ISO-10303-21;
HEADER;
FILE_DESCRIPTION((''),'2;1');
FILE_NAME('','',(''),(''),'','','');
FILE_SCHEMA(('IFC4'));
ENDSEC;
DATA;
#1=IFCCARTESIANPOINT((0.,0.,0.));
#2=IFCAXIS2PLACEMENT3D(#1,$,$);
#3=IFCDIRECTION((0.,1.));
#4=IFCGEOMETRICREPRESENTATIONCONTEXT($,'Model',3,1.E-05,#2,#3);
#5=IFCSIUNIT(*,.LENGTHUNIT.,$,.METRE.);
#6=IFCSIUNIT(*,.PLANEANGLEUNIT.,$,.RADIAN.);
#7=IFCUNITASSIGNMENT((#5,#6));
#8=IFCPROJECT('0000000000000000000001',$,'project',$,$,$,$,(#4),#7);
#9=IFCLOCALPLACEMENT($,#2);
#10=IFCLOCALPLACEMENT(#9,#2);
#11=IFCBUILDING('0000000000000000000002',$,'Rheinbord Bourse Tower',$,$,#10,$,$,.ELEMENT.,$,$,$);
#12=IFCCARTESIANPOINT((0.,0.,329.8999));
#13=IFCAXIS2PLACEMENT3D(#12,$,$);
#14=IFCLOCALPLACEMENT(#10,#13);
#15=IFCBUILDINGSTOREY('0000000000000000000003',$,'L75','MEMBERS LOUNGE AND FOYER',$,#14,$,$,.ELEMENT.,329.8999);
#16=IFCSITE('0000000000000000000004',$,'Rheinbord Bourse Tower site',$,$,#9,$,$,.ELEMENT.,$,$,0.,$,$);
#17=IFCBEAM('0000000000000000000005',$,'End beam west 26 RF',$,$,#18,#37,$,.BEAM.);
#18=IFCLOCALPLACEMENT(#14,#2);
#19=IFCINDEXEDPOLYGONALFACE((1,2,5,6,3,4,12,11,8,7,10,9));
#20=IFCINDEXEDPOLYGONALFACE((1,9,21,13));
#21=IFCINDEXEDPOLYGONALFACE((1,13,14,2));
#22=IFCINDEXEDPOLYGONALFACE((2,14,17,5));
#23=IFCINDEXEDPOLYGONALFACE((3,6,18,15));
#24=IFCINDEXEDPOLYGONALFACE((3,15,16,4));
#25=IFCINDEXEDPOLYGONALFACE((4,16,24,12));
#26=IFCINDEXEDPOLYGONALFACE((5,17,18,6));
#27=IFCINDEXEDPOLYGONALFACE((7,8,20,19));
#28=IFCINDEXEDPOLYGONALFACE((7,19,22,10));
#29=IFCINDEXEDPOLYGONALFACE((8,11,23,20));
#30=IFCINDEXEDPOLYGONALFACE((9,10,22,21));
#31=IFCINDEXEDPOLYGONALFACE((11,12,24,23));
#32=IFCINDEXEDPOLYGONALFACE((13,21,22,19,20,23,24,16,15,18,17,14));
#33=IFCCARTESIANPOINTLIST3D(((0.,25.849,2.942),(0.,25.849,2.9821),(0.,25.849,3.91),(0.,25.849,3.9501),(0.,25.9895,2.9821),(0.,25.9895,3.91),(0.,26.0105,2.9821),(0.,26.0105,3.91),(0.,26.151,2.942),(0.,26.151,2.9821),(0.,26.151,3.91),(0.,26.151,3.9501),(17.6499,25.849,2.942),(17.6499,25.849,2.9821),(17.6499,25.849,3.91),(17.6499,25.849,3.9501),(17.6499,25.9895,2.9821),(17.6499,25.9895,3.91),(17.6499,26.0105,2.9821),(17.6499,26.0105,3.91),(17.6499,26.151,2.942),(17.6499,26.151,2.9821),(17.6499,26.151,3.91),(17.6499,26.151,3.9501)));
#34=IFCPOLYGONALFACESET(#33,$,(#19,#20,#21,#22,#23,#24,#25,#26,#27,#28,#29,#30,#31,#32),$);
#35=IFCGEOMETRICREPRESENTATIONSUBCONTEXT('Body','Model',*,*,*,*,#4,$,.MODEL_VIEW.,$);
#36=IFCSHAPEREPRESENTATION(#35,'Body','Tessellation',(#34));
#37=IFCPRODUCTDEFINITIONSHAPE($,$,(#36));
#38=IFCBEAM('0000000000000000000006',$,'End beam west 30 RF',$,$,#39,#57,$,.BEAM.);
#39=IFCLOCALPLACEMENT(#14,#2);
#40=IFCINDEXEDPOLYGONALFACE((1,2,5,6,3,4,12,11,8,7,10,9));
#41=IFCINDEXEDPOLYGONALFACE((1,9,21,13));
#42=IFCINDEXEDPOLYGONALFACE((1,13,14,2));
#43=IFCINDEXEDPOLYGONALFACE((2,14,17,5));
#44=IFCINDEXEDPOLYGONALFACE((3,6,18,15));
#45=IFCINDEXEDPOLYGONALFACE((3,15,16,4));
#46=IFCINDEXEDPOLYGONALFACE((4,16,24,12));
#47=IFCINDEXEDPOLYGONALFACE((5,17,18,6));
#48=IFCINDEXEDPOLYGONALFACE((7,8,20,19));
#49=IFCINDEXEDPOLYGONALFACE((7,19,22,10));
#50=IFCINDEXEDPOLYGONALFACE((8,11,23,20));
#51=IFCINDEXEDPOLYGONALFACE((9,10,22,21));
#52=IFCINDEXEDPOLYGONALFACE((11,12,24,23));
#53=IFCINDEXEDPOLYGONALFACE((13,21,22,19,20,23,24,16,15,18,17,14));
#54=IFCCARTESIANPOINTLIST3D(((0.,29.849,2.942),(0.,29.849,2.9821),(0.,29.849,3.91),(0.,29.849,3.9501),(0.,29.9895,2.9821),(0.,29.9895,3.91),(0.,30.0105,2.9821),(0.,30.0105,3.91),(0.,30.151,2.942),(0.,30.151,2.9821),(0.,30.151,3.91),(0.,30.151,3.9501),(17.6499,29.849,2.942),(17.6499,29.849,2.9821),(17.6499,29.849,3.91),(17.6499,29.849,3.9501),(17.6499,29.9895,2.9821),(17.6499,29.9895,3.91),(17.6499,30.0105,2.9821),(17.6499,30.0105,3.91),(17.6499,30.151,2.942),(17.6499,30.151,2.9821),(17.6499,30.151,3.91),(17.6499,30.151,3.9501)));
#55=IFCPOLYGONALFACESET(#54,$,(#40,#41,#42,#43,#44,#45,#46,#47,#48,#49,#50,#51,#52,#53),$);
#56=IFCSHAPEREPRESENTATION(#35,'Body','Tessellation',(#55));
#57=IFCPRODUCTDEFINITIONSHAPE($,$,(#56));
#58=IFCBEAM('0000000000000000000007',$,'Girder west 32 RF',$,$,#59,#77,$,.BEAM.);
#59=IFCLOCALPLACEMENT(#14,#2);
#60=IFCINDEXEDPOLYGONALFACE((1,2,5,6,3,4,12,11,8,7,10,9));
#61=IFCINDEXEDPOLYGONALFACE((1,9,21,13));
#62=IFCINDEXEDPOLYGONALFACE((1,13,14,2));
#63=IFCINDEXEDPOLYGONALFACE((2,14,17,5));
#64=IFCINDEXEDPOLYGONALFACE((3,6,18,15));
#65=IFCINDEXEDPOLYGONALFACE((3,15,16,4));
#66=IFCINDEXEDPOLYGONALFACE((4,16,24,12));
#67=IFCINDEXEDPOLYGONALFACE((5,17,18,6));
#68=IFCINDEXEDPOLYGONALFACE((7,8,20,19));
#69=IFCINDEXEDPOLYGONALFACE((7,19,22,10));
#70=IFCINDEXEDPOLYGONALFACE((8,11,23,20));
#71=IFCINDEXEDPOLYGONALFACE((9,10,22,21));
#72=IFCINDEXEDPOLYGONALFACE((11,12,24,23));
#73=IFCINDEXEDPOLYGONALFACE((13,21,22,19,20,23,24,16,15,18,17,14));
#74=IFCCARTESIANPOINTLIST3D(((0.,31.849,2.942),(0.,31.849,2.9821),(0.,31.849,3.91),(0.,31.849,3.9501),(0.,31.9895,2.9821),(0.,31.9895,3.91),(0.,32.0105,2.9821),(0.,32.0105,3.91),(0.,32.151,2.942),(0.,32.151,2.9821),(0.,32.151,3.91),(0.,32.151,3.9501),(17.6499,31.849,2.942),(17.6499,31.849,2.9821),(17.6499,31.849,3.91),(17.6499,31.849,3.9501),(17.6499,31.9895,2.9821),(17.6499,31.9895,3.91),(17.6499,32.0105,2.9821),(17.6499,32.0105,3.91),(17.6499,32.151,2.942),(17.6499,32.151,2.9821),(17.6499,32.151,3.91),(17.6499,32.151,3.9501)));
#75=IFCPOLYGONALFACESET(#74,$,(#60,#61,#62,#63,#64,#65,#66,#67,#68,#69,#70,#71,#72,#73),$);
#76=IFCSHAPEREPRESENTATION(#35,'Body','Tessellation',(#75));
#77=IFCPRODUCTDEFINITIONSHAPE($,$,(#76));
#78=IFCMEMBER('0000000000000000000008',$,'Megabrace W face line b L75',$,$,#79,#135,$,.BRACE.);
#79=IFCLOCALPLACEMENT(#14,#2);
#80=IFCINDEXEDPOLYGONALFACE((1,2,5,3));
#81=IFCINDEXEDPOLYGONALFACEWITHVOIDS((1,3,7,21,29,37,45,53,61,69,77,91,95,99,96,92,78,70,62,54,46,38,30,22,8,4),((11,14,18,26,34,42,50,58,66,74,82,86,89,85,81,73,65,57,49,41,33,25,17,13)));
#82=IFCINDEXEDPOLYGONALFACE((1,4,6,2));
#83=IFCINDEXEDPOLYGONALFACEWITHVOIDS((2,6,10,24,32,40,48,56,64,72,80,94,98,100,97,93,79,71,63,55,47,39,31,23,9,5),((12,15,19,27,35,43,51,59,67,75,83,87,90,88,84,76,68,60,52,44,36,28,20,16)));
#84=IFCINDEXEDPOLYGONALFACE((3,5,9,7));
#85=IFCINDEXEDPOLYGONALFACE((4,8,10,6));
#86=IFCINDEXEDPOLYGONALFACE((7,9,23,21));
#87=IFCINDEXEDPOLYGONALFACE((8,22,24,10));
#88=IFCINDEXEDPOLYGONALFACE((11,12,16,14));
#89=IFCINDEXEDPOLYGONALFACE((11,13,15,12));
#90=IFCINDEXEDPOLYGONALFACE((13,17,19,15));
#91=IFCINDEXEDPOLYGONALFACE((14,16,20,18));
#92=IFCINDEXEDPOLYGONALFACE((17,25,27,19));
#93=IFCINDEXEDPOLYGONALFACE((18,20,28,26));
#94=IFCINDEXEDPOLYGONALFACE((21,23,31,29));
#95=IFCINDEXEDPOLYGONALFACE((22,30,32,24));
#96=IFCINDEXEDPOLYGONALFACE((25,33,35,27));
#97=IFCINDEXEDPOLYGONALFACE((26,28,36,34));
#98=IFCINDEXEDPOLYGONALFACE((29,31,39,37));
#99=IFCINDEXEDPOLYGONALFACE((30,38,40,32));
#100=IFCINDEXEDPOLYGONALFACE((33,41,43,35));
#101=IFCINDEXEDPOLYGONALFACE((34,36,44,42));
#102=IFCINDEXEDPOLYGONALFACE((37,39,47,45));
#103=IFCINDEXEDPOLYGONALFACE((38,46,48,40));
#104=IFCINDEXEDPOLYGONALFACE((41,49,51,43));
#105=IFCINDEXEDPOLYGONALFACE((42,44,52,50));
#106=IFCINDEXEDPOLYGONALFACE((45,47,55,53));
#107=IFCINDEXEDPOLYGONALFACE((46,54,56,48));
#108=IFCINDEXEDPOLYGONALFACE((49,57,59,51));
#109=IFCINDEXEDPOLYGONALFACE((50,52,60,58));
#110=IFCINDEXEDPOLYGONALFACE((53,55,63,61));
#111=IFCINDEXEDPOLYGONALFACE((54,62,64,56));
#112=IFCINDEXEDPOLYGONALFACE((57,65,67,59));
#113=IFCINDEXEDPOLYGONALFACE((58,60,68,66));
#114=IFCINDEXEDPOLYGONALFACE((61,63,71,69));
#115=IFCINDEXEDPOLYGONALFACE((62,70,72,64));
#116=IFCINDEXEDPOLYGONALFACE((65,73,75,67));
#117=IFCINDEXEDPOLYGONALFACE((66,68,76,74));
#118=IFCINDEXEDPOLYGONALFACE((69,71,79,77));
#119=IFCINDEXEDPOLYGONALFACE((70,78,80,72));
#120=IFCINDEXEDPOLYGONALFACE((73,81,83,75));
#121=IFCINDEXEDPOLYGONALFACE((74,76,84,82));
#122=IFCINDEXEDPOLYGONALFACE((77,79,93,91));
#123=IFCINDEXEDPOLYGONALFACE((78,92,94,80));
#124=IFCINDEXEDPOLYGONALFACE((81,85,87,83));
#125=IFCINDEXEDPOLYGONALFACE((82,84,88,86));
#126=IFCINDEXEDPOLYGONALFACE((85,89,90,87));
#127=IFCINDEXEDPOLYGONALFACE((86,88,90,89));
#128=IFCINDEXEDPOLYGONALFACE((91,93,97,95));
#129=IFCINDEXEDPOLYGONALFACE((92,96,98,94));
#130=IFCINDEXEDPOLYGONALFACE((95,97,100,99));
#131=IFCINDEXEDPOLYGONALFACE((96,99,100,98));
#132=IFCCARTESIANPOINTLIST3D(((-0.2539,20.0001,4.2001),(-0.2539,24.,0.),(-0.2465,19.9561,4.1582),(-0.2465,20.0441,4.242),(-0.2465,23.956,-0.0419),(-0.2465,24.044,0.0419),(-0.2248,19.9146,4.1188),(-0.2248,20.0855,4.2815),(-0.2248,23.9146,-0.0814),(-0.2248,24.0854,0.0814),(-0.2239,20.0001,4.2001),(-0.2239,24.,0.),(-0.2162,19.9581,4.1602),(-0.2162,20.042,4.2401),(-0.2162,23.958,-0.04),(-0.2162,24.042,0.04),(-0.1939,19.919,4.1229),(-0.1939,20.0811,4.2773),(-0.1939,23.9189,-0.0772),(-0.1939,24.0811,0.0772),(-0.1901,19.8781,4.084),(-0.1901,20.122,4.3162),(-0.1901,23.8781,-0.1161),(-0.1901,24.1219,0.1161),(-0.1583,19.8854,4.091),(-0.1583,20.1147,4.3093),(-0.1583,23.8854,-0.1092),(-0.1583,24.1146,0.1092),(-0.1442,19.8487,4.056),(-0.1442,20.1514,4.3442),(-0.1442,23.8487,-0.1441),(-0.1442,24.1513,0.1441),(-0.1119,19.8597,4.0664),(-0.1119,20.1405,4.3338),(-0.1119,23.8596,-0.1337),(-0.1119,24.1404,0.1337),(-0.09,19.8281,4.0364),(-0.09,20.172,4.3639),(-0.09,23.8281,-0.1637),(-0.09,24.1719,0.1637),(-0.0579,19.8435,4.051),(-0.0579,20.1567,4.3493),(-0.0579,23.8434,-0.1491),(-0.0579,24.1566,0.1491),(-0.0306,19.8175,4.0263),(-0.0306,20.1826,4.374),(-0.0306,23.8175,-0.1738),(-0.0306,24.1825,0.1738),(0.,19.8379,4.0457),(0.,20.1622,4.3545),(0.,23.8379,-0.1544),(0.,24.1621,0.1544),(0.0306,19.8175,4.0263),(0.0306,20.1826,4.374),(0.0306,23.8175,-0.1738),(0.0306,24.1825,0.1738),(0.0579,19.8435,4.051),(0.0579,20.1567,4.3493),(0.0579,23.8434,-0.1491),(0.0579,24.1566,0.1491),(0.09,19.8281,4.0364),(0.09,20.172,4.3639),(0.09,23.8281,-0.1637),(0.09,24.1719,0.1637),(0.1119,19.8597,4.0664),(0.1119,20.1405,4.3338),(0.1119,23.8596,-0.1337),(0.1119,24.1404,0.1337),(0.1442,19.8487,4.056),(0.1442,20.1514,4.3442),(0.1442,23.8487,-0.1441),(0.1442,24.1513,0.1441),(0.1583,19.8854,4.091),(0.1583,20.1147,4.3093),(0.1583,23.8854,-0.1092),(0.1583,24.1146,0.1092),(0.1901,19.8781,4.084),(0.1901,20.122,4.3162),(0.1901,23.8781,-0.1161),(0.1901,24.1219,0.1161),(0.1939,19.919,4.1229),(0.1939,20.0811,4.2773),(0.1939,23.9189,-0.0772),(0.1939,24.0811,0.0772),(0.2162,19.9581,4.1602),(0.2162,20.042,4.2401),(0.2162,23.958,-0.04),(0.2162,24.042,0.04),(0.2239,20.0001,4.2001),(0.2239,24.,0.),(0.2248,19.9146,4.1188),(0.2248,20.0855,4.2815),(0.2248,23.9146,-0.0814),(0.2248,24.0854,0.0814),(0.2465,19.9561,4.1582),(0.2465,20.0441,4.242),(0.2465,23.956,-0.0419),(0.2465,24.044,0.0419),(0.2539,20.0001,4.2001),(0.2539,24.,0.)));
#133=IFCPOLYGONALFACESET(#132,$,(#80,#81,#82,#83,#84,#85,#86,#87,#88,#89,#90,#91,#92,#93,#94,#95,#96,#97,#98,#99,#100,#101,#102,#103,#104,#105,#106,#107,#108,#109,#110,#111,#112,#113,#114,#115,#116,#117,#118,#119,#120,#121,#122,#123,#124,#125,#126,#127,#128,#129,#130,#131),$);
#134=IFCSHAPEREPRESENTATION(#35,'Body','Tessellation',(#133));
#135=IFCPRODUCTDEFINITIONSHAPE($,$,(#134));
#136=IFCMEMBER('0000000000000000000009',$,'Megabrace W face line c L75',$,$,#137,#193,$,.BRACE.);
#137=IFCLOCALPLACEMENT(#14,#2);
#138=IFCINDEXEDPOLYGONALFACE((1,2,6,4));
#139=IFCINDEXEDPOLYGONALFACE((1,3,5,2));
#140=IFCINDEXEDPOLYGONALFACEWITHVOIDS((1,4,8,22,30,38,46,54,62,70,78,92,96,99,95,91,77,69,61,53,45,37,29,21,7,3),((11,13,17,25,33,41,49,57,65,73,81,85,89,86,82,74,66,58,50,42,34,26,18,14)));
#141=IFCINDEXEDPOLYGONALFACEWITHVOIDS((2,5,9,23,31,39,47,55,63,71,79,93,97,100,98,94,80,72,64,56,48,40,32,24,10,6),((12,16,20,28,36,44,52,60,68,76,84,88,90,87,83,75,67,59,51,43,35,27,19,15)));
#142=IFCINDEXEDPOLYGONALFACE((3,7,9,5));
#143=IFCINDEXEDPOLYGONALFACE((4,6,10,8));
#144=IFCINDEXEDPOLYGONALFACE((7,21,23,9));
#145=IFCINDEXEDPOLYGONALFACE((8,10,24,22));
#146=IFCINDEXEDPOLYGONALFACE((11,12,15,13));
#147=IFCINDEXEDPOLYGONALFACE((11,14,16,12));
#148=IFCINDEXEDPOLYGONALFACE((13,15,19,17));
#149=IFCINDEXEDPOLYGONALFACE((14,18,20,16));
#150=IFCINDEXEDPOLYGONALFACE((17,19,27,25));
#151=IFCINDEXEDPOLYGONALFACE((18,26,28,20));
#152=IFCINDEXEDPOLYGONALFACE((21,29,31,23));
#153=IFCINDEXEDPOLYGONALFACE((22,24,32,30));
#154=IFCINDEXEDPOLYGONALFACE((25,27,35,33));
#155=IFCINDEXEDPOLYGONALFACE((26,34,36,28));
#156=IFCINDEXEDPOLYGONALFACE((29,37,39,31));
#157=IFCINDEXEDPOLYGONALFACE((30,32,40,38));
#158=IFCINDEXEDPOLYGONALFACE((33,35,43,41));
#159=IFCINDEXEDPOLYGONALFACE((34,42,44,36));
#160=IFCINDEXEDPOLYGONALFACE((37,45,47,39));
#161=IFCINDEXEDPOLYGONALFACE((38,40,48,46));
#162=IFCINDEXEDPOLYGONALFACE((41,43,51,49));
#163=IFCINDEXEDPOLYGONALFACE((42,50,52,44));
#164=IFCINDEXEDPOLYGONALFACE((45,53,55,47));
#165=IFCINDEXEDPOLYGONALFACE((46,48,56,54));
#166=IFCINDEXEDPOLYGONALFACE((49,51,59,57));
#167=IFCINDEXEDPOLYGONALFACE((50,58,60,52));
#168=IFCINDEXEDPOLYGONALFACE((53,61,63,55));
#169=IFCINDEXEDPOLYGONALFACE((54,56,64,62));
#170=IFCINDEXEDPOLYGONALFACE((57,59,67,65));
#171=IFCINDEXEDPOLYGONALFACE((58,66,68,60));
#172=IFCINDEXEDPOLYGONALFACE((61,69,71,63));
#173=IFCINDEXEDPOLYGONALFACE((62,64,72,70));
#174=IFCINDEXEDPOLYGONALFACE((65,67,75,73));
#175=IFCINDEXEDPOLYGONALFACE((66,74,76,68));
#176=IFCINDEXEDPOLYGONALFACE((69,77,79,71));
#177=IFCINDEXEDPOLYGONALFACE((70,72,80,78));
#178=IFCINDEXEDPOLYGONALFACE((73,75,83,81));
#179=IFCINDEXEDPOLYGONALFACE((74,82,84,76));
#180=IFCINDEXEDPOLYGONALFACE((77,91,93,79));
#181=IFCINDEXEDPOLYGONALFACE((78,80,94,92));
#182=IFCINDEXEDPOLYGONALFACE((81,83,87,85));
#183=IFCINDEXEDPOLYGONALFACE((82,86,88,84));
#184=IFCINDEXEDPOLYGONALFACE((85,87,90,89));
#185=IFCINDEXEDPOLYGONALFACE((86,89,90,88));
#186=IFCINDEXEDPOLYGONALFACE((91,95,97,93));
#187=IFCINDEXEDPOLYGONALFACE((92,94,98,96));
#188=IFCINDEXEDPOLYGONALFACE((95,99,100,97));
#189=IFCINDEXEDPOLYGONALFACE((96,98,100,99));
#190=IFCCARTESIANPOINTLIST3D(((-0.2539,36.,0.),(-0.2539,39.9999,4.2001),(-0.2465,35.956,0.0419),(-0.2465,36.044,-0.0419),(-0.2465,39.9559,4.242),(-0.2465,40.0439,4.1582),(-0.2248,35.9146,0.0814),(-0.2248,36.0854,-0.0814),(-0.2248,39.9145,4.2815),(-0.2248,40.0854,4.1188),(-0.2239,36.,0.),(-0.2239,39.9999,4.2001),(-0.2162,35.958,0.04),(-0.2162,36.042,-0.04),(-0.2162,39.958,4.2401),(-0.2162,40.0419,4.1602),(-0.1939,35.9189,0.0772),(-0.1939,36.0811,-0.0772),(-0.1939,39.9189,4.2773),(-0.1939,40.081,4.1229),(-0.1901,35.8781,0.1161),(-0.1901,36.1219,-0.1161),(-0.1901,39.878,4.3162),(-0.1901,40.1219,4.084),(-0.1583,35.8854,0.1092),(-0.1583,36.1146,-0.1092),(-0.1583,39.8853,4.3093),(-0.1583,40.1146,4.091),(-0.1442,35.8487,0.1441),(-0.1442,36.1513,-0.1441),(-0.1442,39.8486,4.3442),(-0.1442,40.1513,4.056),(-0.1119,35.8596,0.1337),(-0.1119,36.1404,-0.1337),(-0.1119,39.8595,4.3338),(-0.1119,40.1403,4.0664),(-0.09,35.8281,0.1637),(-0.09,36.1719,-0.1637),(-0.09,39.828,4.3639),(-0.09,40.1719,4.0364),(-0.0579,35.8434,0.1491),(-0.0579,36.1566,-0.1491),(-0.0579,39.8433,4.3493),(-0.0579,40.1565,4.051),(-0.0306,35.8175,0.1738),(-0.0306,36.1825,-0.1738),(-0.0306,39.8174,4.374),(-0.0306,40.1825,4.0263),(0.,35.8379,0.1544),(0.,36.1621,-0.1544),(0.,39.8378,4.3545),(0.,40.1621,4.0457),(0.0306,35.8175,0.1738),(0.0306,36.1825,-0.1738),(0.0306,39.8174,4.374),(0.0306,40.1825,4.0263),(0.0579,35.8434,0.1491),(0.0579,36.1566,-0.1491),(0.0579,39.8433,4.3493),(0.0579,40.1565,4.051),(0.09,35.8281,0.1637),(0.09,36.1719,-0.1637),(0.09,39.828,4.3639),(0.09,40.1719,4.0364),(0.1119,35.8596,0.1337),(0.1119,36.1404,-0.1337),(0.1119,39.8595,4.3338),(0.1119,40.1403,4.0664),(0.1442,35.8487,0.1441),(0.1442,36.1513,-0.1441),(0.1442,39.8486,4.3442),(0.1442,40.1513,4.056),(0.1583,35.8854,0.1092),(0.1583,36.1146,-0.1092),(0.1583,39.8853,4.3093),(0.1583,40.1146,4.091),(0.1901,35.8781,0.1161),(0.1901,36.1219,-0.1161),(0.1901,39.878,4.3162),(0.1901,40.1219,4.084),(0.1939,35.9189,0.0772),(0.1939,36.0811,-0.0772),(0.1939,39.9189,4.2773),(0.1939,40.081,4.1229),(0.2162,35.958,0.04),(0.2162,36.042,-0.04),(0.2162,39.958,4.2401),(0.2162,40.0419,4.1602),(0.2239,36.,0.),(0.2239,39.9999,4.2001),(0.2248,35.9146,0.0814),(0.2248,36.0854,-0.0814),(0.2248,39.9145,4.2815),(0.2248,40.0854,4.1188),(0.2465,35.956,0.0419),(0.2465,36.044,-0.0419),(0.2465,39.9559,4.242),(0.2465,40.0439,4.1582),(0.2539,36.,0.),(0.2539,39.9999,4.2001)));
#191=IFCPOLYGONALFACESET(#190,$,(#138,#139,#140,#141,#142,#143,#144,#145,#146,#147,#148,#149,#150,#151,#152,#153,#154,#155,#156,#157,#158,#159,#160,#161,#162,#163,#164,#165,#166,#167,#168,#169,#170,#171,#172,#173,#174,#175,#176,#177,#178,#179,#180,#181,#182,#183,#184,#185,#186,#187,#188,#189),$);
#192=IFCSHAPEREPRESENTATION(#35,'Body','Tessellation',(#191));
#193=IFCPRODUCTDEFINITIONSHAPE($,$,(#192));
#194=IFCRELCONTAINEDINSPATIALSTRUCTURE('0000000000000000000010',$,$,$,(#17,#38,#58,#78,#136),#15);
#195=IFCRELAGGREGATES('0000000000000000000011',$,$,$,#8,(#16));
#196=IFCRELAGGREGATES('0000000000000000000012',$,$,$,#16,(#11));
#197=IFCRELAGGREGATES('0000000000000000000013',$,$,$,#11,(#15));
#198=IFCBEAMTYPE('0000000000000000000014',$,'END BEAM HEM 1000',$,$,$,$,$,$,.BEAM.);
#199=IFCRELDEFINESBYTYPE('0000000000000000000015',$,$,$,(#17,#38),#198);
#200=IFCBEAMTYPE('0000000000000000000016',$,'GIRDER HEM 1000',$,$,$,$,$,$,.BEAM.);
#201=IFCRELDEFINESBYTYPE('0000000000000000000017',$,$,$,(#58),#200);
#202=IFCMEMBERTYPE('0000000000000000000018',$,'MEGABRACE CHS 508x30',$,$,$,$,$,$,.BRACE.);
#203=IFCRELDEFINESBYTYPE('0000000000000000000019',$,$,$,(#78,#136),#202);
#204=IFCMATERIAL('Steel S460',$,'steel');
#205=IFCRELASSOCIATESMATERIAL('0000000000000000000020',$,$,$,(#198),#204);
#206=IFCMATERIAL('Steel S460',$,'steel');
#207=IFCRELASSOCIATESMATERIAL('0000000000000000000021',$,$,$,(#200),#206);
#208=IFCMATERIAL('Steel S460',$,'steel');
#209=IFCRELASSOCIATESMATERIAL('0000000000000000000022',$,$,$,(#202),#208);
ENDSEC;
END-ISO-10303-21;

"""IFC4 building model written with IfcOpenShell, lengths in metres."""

from ifc_helpers import new_model, si_unit, direction, frame, origin, origin_2d, place, context, subcontext, project, spatial, hollow_circle, i_section, extrude, material, material_profile, profile_set, type_object, element, save


model = new_model("IFC4")

# Units and contexts
model_context = context("Model", 3, precision=1e-05, world=origin(), true_north=direction((0.0, 1.0)))
body_context = subcontext(model_context, "Body", "Model", "MODEL_VIEW")
ifc_project = project(units=[si_unit("LENGTHUNIT", "METRE"), si_unit("PLANEANGLEUNIT", "RADIAN")], contexts=[model_context])

# Site, building, storey
site_placement = place(None, origin())
site = spatial("IfcSite", under=ifc_project, at=site_placement, Name="Rheinbord Bourse Tower site", CompositionType="ELEMENT", RefElevation=0.0)
building_placement = place(site_placement, origin())
building = spatial("IfcBuilding", under=site, at=building_placement, Name="Rheinbord Bourse Tower", CompositionType="ELEMENT")
storey_placement = place(building_placement, frame((0.0, 0.0, 329.8999)))
storey = spatial("IfcBuildingStorey", under=building, at=storey_placement, Name="L75", Description="MEMBERS LOUNGE AND FOYER", CompositionType="ELEMENT", Elevation=329.8999)

# Beams
ifc_material_1 = material(Name="Steel S460", Category="steel")
ifc_material_profile_1 = material_profile(ifc_material_1, i_section(OverallWidth=0.302, OverallDepth=1.0081, WebThickness=0.021, FlangeThickness=0.04, at=origin_2d()), Name="HEM 1000")
ifc_profile_set_1 = profile_set([ifc_material_profile_1], Name="Steel S460")
beam_type_1 = type_object("IfcBeamType", Name="END BEAM HEM 1000", PredefinedType="BEAM", material=ifc_profile_set_1)
for number, where, z_axis, x_axis, name in (
    (1, (0.0, 26.0, 3.446), (1.0, 0.0, 0.0), (0.0, 1.0, 0.0), "End beam west 26 RF"),
    (2, (0.0, 30.0, 3.446), (1.0, 0.0, 0.0), (0.0, 1.0, 0.0), "End beam west 30 RF"),
):
    element("IfcBeam", number, at=place(storey_placement, frame(where, z_axis=z_axis, x_axis=x_axis)), inside=storey, type_object=beam_type_1, Name=name, PredefinedType="BEAM", context=body_context, shape_type="SweptSolid", body=[
        extrude(i_section(OverallWidth=0.302, OverallDepth=1.0081, WebThickness=0.021, FlangeThickness=0.04, at=origin_2d()), origin(), (0.0, 0.0, 1.0), 17.6499),
    ])
ifc_material_2 = material(Name="Steel S460", Category="steel")
ifc_material_profile_2 = material_profile(ifc_material_2, i_section(OverallWidth=0.302, OverallDepth=1.0081, WebThickness=0.021, FlangeThickness=0.04, at=origin_2d()), Name="HEM 1000")
ifc_profile_set_2 = profile_set([ifc_material_profile_2], Name="Steel S460")
beam_type_2 = type_object("IfcBeamType", Name="GIRDER HEM 1000", PredefinedType="BEAM", material=ifc_profile_set_2)
beam_placement = place(storey_placement, frame((0.0, 32.0, 3.446), z_axis=(1.0, 0.0, 0.0), x_axis=(0.0, 1.0, 0.0)))
element("IfcBeam", 3, at=beam_placement, inside=storey, type_object=beam_type_2, Name="Girder west 32 RF", PredefinedType="BEAM", context=body_context, shape_type="SweptSolid", body=[
    extrude(i_section(OverallWidth=0.302, OverallDepth=1.0081, WebThickness=0.021, FlangeThickness=0.04, at=origin_2d()), origin(), (0.0, 0.0, 1.0), 17.6499),
])

# Members
ifc_material_3 = material(Name="Steel S460", Category="steel")
ifc_material_profile_3 = material_profile(ifc_material_3, hollow_circle(Radius=0.2539, WallThickness=0.03, at=origin_2d()), Name="CHS 508x30")
ifc_profile_set_3 = profile_set([ifc_material_profile_3], Name="Steel S460")
member_type_1 = type_object("IfcMemberType", Name="MEGABRACE CHS 508x30", PredefinedType="BRACE", material=ifc_profile_set_3)
for number, where, z_axis, x_axis, name in (
    (4, (0.0, 24.0, 0.0), (0.0, -0.689638, 0.724154), (1.0, 0.0, 0.0), "Megabrace W face line b L75"),
    (5, (0.0, 36.0, 0.0), (0.0, 0.689638, 0.724154), (-1.0, 0.0, 0.0), "Megabrace W face line c L75"),
):
    element("IfcMember", number, at=place(storey_placement, frame(where, z_axis=z_axis, x_axis=x_axis)), inside=storey, type_object=member_type_1, Name=name, PredefinedType="BRACE", context=body_context, shape_type="SweptSolid", body=[
        extrude(hollow_circle(Radius=0.2539, WallThickness=0.03, at=origin_2d()), origin(), (0.0, 0.0, 1.0), 5.8),
    ])

save(model, "model.ifc")
